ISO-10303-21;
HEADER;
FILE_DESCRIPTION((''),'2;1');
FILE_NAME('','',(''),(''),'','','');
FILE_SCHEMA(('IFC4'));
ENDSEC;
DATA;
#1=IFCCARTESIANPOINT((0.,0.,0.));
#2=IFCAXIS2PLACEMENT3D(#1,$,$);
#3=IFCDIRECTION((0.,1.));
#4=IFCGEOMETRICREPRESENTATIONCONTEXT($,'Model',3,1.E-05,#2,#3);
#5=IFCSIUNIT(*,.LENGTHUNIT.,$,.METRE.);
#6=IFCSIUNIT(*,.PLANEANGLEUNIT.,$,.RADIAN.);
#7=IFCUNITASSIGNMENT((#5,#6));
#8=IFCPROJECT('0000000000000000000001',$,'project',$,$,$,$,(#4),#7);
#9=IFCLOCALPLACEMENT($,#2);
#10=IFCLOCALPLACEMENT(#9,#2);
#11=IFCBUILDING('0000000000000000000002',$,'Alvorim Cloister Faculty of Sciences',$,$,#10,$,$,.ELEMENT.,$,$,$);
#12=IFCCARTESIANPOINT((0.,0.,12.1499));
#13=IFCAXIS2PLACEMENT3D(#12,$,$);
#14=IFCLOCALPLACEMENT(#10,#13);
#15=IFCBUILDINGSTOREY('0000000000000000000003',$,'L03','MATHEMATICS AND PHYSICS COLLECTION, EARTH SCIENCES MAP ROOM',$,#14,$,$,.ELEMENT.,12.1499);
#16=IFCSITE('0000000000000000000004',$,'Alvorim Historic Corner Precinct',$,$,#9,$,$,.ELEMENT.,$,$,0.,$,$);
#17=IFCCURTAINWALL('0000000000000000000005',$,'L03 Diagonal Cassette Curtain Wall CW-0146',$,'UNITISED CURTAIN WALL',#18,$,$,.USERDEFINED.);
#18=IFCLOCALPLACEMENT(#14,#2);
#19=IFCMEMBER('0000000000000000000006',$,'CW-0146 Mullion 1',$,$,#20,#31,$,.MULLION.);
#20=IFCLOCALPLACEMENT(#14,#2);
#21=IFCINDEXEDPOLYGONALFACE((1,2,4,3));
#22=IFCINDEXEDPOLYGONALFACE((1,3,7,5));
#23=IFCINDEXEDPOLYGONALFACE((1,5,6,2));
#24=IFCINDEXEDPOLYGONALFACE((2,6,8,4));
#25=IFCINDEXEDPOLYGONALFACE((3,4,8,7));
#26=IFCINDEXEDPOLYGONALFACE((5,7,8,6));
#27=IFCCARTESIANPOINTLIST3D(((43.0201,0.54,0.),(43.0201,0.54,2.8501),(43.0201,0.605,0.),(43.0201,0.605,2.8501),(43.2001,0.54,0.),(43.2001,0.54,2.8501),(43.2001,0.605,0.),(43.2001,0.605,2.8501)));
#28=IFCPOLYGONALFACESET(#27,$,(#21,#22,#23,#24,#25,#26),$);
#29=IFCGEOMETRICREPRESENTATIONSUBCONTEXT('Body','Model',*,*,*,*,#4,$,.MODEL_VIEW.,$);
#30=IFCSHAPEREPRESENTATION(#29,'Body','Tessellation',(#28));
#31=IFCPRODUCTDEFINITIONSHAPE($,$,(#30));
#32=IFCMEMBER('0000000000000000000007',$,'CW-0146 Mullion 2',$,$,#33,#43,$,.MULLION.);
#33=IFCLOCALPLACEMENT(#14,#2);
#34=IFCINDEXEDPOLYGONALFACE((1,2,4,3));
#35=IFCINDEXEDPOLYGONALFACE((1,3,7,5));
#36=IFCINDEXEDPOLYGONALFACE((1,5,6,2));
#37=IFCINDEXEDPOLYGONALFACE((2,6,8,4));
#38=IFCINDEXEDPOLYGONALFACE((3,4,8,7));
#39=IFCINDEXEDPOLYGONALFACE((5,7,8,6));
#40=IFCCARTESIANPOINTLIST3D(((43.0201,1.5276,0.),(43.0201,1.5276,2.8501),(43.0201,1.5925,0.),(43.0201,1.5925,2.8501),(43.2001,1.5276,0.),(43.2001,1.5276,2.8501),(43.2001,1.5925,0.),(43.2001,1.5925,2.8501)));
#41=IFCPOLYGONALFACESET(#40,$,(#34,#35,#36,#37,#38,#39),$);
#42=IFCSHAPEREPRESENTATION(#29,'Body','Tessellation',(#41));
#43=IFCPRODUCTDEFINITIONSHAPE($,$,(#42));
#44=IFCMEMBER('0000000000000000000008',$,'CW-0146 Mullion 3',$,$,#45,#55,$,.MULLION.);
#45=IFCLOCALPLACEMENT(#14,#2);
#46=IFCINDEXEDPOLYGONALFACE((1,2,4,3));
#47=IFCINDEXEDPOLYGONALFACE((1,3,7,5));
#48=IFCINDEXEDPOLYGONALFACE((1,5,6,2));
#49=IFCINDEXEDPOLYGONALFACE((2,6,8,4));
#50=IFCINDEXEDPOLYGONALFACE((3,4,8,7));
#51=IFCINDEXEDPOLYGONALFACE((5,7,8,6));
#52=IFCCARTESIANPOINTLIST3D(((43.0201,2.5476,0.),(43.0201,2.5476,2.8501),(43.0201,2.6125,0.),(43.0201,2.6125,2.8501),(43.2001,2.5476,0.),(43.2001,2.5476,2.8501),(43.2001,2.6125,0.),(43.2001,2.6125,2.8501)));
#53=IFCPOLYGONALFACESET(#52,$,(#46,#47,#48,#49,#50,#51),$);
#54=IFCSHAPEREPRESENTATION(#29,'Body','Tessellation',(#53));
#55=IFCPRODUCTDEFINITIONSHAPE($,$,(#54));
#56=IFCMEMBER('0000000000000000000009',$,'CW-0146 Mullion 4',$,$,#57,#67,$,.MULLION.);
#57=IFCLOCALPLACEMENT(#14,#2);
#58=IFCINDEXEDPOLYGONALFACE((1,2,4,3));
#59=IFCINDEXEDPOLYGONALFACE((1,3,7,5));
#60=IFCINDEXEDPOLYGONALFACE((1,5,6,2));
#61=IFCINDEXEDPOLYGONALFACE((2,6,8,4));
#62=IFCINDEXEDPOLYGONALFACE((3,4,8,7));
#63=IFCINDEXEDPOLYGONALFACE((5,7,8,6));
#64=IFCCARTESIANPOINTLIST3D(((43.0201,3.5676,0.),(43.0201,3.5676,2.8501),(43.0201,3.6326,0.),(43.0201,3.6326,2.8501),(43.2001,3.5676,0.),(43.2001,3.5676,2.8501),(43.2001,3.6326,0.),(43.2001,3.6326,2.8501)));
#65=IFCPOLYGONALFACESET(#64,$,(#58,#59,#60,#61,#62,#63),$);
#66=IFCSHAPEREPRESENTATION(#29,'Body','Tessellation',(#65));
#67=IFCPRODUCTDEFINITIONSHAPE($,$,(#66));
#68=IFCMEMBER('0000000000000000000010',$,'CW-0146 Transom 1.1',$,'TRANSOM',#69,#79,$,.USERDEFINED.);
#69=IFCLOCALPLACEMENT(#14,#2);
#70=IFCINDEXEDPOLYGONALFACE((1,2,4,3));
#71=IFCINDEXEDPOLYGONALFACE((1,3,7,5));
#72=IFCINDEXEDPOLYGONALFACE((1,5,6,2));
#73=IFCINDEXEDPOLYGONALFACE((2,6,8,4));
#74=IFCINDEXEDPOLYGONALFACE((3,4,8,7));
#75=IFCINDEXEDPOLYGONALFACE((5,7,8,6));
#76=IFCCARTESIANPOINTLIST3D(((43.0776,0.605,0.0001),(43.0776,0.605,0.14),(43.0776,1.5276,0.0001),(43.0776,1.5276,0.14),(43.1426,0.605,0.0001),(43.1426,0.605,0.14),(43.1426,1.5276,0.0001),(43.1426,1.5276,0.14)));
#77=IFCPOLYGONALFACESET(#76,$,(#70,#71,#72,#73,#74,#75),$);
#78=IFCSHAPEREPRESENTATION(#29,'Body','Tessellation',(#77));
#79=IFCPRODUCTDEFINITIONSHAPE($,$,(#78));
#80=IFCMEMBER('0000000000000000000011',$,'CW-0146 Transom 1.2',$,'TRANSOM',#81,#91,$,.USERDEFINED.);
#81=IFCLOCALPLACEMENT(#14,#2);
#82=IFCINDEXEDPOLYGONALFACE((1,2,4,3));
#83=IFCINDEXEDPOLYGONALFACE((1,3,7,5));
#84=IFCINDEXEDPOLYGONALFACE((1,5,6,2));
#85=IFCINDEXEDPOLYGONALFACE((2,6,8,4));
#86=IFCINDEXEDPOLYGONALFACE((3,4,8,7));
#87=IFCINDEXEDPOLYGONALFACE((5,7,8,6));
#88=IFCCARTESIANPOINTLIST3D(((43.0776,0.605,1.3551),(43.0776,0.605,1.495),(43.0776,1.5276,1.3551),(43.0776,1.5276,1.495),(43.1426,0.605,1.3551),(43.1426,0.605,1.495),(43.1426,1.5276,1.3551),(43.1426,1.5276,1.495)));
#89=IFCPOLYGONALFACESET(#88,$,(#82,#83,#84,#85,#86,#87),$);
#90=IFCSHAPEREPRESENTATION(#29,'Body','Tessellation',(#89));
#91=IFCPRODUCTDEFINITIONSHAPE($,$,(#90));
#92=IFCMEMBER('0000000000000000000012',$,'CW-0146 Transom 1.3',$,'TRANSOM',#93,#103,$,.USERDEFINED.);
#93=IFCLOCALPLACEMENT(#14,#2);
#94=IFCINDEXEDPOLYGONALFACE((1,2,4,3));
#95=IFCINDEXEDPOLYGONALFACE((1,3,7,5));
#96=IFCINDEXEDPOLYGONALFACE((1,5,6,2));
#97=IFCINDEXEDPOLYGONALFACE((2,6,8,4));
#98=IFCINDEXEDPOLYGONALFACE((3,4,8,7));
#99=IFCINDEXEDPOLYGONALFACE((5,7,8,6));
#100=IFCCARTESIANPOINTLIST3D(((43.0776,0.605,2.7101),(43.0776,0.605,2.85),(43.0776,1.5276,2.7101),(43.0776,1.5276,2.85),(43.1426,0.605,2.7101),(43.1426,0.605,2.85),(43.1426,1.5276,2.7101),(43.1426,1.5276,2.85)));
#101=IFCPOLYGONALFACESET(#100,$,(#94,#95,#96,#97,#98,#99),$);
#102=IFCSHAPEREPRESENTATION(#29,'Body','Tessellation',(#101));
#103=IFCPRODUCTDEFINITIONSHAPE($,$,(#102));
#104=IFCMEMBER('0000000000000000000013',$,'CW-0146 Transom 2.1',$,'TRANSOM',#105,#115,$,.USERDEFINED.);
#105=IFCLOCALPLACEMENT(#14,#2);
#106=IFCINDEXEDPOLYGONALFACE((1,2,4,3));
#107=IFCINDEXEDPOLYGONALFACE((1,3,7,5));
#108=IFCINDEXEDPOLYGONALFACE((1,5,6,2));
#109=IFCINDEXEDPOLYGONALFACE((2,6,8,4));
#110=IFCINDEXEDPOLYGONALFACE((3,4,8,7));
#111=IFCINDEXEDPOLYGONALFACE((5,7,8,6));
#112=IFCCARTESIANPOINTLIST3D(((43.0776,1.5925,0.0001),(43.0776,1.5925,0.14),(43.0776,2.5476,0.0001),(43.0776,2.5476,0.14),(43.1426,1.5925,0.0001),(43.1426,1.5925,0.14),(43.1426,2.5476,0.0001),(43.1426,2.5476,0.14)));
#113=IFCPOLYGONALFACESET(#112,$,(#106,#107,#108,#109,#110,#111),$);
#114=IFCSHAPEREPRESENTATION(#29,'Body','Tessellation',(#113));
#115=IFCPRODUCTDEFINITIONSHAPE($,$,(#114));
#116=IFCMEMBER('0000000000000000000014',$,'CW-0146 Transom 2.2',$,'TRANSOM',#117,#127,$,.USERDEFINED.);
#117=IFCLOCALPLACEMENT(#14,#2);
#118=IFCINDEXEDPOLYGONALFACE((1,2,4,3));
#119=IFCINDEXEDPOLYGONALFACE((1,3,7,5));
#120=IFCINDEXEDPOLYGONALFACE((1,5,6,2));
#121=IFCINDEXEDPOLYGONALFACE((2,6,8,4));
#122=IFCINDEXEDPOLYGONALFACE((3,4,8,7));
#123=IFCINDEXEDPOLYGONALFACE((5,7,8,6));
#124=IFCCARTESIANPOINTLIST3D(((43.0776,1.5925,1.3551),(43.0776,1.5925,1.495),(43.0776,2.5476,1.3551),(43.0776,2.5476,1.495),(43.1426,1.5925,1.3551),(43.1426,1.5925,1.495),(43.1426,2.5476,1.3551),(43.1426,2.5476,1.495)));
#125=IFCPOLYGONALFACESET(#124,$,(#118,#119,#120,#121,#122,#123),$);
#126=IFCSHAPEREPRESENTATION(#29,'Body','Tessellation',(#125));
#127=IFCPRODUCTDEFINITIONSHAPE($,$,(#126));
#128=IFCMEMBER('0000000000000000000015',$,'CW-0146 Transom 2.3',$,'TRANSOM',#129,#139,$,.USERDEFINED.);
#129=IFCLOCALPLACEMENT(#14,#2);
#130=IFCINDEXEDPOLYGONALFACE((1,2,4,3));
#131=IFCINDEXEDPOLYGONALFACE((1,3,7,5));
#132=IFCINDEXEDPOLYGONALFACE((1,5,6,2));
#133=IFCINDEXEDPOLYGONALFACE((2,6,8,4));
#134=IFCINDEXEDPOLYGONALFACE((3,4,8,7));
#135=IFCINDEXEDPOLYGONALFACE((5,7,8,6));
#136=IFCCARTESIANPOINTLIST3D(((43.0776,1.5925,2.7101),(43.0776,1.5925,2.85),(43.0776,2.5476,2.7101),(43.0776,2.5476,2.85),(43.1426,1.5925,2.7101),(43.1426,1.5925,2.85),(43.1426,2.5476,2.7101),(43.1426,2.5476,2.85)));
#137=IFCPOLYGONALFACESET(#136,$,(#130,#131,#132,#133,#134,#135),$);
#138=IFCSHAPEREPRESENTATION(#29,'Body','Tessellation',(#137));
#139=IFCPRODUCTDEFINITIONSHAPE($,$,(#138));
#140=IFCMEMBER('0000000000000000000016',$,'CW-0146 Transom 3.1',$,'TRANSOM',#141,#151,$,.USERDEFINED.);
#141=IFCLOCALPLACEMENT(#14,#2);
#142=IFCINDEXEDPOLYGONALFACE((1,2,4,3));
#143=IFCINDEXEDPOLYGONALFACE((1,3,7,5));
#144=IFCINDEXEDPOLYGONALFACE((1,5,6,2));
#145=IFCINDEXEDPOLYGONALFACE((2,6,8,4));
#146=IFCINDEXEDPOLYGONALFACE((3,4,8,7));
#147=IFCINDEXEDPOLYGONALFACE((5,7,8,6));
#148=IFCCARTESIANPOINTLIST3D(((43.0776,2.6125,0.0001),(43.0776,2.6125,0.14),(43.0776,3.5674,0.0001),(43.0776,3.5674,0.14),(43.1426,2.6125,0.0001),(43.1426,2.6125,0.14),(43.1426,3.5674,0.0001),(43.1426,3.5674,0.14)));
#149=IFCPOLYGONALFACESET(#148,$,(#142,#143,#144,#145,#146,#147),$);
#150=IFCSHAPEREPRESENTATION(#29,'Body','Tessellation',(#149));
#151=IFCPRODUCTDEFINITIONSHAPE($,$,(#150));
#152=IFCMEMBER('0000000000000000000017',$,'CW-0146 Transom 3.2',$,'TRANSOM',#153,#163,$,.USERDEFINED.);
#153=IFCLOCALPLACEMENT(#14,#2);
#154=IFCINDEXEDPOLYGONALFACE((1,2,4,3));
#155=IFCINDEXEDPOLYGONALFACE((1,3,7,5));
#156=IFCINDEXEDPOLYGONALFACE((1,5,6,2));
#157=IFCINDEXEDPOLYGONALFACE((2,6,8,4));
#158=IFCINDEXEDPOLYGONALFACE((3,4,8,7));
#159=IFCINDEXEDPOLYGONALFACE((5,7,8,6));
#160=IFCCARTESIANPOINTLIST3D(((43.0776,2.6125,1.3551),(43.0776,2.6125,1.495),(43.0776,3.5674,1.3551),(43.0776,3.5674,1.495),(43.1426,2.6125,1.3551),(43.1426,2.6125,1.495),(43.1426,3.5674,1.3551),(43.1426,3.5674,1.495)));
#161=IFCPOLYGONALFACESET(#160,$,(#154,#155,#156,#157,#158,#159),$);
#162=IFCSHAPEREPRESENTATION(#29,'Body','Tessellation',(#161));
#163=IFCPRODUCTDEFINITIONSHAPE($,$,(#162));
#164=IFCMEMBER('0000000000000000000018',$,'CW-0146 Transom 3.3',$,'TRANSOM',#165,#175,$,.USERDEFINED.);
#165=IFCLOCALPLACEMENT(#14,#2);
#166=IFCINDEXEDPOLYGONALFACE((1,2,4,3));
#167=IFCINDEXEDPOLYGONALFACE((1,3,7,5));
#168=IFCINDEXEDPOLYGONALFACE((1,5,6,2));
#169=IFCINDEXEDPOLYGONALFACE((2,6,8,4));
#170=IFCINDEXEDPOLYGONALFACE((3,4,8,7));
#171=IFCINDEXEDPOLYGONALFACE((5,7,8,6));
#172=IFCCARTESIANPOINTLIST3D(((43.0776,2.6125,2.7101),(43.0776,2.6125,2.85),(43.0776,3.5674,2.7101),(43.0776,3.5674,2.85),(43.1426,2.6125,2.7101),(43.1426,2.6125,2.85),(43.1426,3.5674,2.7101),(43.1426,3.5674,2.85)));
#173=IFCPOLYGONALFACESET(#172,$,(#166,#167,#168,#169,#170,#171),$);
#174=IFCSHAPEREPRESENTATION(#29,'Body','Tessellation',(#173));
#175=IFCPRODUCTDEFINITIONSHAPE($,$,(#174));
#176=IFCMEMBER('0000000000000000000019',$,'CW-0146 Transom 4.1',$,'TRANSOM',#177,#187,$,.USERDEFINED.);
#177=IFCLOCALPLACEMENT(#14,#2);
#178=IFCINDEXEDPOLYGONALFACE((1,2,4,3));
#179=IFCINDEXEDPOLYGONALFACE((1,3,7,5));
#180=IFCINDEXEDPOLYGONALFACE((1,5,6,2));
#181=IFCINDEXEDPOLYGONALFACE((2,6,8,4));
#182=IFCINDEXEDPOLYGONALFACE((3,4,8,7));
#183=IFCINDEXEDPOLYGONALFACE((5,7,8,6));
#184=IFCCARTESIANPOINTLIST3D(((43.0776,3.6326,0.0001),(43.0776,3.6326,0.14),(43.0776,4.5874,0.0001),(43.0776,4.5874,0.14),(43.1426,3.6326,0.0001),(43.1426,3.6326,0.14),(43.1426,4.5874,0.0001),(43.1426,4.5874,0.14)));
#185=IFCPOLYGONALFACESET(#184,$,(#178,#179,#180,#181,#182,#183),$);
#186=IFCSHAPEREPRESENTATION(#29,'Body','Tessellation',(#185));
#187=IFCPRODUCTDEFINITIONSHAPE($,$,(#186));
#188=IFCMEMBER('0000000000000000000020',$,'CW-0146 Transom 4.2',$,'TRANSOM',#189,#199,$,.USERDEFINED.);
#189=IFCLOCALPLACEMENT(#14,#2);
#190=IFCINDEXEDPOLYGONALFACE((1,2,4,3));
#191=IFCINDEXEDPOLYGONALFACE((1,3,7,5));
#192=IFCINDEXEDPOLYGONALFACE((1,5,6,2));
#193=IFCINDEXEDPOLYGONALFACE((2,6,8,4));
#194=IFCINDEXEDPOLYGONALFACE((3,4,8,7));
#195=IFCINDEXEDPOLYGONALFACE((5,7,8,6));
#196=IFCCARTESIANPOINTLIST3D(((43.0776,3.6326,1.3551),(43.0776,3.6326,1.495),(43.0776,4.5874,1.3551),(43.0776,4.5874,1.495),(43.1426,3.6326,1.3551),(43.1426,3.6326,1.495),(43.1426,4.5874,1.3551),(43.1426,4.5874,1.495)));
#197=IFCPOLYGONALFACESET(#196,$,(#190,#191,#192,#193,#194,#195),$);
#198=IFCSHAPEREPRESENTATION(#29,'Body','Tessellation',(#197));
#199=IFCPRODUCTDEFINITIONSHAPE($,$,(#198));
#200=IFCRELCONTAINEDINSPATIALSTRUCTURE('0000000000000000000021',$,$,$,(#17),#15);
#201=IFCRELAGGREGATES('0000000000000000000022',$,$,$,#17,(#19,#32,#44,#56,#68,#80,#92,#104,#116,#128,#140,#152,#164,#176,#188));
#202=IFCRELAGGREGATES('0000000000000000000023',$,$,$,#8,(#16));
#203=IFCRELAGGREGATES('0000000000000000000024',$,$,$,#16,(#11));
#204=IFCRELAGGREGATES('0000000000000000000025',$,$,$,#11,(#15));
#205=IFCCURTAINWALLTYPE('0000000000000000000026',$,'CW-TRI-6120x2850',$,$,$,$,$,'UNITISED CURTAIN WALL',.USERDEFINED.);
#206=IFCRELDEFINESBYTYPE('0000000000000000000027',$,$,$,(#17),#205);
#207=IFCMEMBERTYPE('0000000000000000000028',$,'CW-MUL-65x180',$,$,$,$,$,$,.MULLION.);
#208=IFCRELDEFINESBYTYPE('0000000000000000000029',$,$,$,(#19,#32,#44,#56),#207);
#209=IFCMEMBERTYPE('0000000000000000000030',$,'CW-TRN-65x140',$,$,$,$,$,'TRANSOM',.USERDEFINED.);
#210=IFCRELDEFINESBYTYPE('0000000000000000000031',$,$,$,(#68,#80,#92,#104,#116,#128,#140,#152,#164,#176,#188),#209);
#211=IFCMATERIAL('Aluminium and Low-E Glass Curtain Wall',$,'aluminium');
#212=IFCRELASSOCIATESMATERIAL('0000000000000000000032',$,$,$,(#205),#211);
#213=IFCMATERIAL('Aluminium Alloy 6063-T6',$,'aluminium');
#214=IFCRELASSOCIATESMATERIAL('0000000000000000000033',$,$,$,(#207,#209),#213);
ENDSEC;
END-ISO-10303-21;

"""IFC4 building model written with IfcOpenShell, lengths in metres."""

from ifc_helpers import new_model, si_unit, direction, frame, origin, origin_2d, place, context, subcontext, project, spatial, rectangle, extrude, material, material_profile, profile_set, type_object, element, aggregate, save


model = new_model("IFC4")

# Units and contexts
model_context = context("Model", 3, precision=1e-05, world=origin(), true_north=direction((0.0, 1.0)))
body_context = subcontext(model_context, "Body", "Model", "MODEL_VIEW")
ifc_project = project(units=[si_unit("LENGTHUNIT", "METRE"), si_unit("PLANEANGLEUNIT", "RADIAN")], contexts=[model_context])

# Site, building, storey
site_placement = place(None, origin())
site = spatial("IfcSite", under=ifc_project, at=site_placement, Name="Alvorim Historic Corner Precinct", CompositionType="ELEMENT", RefElevation=0.0)
building_placement = place(site_placement, origin())
building = spatial("IfcBuilding", under=site, at=building_placement, Name="Alvorim Cloister Faculty of Sciences", CompositionType="ELEMENT")
storey_placement = place(building_placement, frame((0.0, 0.0, 12.1499)))
storey = spatial("IfcBuildingStorey", under=building, at=storey_placement, Name="L03", Description="MATHEMATICS AND PHYSICS COLLECTION, EARTH SCIENCES MAP ROOM", CompositionType="ELEMENT", Elevation=12.1499)

# Curtain wall, members
ifc_material_1 = material(Name="Aluminium and Low-E Glass Curtain Wall", Category="aluminium")
curtain_wall_type = type_object("IfcCurtainWallType", Name="CW-TRI-6120x2850", ElementType="UNITISED CURTAIN WALL", PredefinedType="USERDEFINED", material=ifc_material_1)
curtain_wall_placement = place(storey_placement, origin())
curtain_wall = element("IfcCurtainWall", 1, at=curtain_wall_placement, inside=storey, type_object=curtain_wall_type, Name="L03 Diagonal Cassette Curtain Wall CW-0146", ObjectType="UNITISED CURTAIN WALL", PredefinedType="USERDEFINED")
ifc_material_2 = material(Name="Aluminium Alloy 6063-T6", Category="aluminium")
ifc_material_profile_1 = material_profile(ifc_material_2, rectangle(XDim=0.0649, YDim=0.1799, at=origin_2d()), Name="ALU-MUL-65x180")
ifc_profile_set_1 = profile_set([ifc_material_profile_1], Name="Aluminium Alloy 6063-T6")
member_type_1 = type_object("IfcMemberType", Name="CW-MUL-65x180", PredefinedType="MULLION", material=ifc_profile_set_1)
member_1_placement = place(storey_placement, frame((43.1101, 0.5725, 0.0), z_axis=(0.0, 0.0, 1.0), x_axis=(0.0, 1.0, 0.0)))
member_1 = element("IfcMember", 2, at=member_1_placement, type_object=member_type_1, Name="CW-0146 Mullion 1", PredefinedType="MULLION", context=body_context, shape_type="SweptSolid", body=[
    extrude(rectangle(XDim=0.0649, YDim=0.1799, at=origin_2d()), origin(), (0.0, 0.0, 1.0), 2.8501),
])
member_2_placement = place(storey_placement, frame((43.1101, 1.5601, 0.0), z_axis=(0.0, 0.0, 1.0), x_axis=(0.0, 1.0, 0.0)))
member_2 = element("IfcMember", 3, at=member_2_placement, type_object=member_type_1, Name="CW-0146 Mullion 2", PredefinedType="MULLION", context=body_context, shape_type="SweptSolid", body=[
    extrude(rectangle(XDim=0.0649, YDim=0.1799, at=origin_2d()), origin(), (0.0, 0.0, 1.0), 2.8501),
])
member_3_placement = place(storey_placement, frame((43.1101, 2.5801, 0.0), z_axis=(0.0, 0.0, 1.0), x_axis=(0.0, 1.0, 0.0)))
member_3 = element("IfcMember", 4, at=member_3_placement, type_object=member_type_1, Name="CW-0146 Mullion 3", PredefinedType="MULLION", context=body_context, shape_type="SweptSolid", body=[
    extrude(rectangle(XDim=0.0649, YDim=0.1799, at=origin_2d()), origin(), (0.0, 0.0, 1.0), 2.8501),
])
member_4_placement = place(storey_placement, frame((43.1101, 3.6001, 0.0), z_axis=(0.0, 0.0, 1.0), x_axis=(0.0, 1.0, 0.0)))
member_4 = element("IfcMember", 5, at=member_4_placement, type_object=member_type_1, Name="CW-0146 Mullion 4", PredefinedType="MULLION", context=body_context, shape_type="SweptSolid", body=[
    extrude(rectangle(XDim=0.0649, YDim=0.1799, at=origin_2d()), origin(), (0.0, 0.0, 1.0), 2.8501),
])
ifc_material_profile_2 = material_profile(ifc_material_2, rectangle(XDim=0.0649, YDim=0.1399, at=origin_2d()), Name="ALU-TRN-65x140")
ifc_profile_set_2 = profile_set([ifc_material_profile_2], Name="Aluminium Alloy 6063-T6")
member_type_2 = type_object("IfcMemberType", Name="CW-TRN-65x140", ElementType="TRANSOM", PredefinedType="USERDEFINED", material=ifc_profile_set_2)
member_5_placement = place(storey_placement, frame((43.1101, 0.605, 0.0701), z_axis=(0.0, 1.0, 0.0), x_axis=(-1.0, 0.0, 0.0)))
member_5 = element("IfcMember", 6, at=member_5_placement, type_object=member_type_2, Name="CW-0146 Transom 1.1", ObjectType="TRANSOM", PredefinedType="USERDEFINED", context=body_context, shape_type="SweptSolid", body=[
    extrude(rectangle(XDim=0.0649, YDim=0.1399, at=origin_2d()), origin(), (0.0, 0.0, 1.0), 0.9226),
])
member_6_placement = place(storey_placement, frame((43.1101, 0.605, 1.425), z_axis=(0.0, 1.0, 0.0), x_axis=(-1.0, 0.0, 0.0)))
member_6 = element("IfcMember", 7, at=member_6_placement, type_object=member_type_2, Name="CW-0146 Transom 1.2", ObjectType="TRANSOM", PredefinedType="USERDEFINED", context=body_context, shape_type="SweptSolid", body=[
    extrude(rectangle(XDim=0.0649, YDim=0.1399, at=origin_2d()), origin(), (0.0, 0.0, 1.0), 0.9226),
])
member_7_placement = place(storey_placement, frame((43.1101, 0.605, 2.78), z_axis=(0.0, 1.0, 0.0), x_axis=(-1.0, 0.0, 0.0)))
member_7 = element("IfcMember", 8, at=member_7_placement, type_object=member_type_2, Name="CW-0146 Transom 1.3", ObjectType="TRANSOM", PredefinedType="USERDEFINED", context=body_context, shape_type="SweptSolid", body=[
    extrude(rectangle(XDim=0.0649, YDim=0.1399, at=origin_2d()), origin(), (0.0, 0.0, 1.0), 0.9226),
])
member_8_placement = place(storey_placement, frame((43.1101, 1.5925, 0.0701), z_axis=(0.0, 1.0, 0.0), x_axis=(-1.0, 0.0, 0.0)))
member_8 = element("IfcMember", 9, at=member_8_placement, type_object=member_type_2, Name="CW-0146 Transom 2.1", ObjectType="TRANSOM", PredefinedType="USERDEFINED", context=body_context, shape_type="SweptSolid", body=[
    extrude(rectangle(XDim=0.0649, YDim=0.1399, at=origin_2d()), origin(), (0.0, 0.0, 1.0), 0.9551),
])
member_9_placement = place(storey_placement, frame((43.1101, 1.5925, 1.425), z_axis=(0.0, 1.0, 0.0), x_axis=(-1.0, 0.0, 0.0)))
member_9 = element("IfcMember", 10, at=member_9_placement, type_object=member_type_2, Name="CW-0146 Transom 2.2", ObjectType="TRANSOM", PredefinedType="USERDEFINED", context=body_context, shape_type="SweptSolid", body=[
    extrude(rectangle(XDim=0.0649, YDim=0.1399, at=origin_2d()), origin(), (0.0, 0.0, 1.0), 0.9551),
])
member_10_placement = place(storey_placement, frame((43.1101, 1.5925, 2.78), z_axis=(0.0, 1.0, 0.0), x_axis=(-1.0, 0.0, 0.0)))
member_10 = element("IfcMember", 11, at=member_10_placement, type_object=member_type_2, Name="CW-0146 Transom 2.3", ObjectType="TRANSOM", PredefinedType="USERDEFINED", context=body_context, shape_type="SweptSolid", body=[
    extrude(rectangle(XDim=0.0649, YDim=0.1399, at=origin_2d()), origin(), (0.0, 0.0, 1.0), 0.9551),
])
member_11_placement = place(storey_placement, frame((43.1101, 2.6125, 0.0701), z_axis=(0.0, 1.0, 0.0), x_axis=(-1.0, 0.0, 0.0)))
member_11 = element("IfcMember", 12, at=member_11_placement, type_object=member_type_2, Name="CW-0146 Transom 3.1", ObjectType="TRANSOM", PredefinedType="USERDEFINED", context=body_context, shape_type="SweptSolid", body=[
    extrude(rectangle(XDim=0.0649, YDim=0.1399, at=origin_2d()), origin(), (0.0, 0.0, 1.0), 0.9548),
])
member_12_placement = place(storey_placement, frame((43.1101, 2.6125, 1.425), z_axis=(0.0, 1.0, 0.0), x_axis=(-1.0, 0.0, 0.0)))
member_12 = element("IfcMember", 13, at=member_12_placement, type_object=member_type_2, Name="CW-0146 Transom 3.2", ObjectType="TRANSOM", PredefinedType="USERDEFINED", context=body_context, shape_type="SweptSolid", body=[
    extrude(rectangle(XDim=0.0649, YDim=0.1399, at=origin_2d()), origin(), (0.0, 0.0, 1.0), 0.9548),
])
member_13_placement = place(storey_placement, frame((43.1101, 2.6125, 2.78), z_axis=(0.0, 1.0, 0.0), x_axis=(-1.0, 0.0, 0.0)))
member_13 = element("IfcMember", 14, at=member_13_placement, type_object=member_type_2, Name="CW-0146 Transom 3.3", ObjectType="TRANSOM", PredefinedType="USERDEFINED", context=body_context, shape_type="SweptSolid", body=[
    extrude(rectangle(XDim=0.0649, YDim=0.1399, at=origin_2d()), origin(), (0.0, 0.0, 1.0), 0.9548),
])
member_14_placement = place(storey_placement, frame((43.1101, 3.6326, 0.0701), z_axis=(0.0, 1.0, 0.0), x_axis=(-1.0, 0.0, 0.0)))
member_14 = element("IfcMember", 15, at=member_14_placement, type_object=member_type_2, Name="CW-0146 Transom 4.1", ObjectType="TRANSOM", PredefinedType="USERDEFINED", context=body_context, shape_type="SweptSolid", body=[
    extrude(rectangle(XDim=0.0649, YDim=0.1399, at=origin_2d()), origin(), (0.0, 0.0, 1.0), 0.9548),
])
member_15_placement = place(storey_placement, frame((43.1101, 3.6326, 1.425), z_axis=(0.0, 1.0, 0.0), x_axis=(-1.0, 0.0, 0.0)))
member_15 = element("IfcMember", 16, at=member_15_placement, type_object=member_type_2, Name="CW-0146 Transom 4.2", ObjectType="TRANSOM", PredefinedType="USERDEFINED", context=body_context, shape_type="SweptSolid", body=[
    extrude(rectangle(XDim=0.0649, YDim=0.1399, at=origin_2d()), origin(), (0.0, 0.0, 1.0), 0.9548),
])
aggregate(curtain_wall, [member_1, member_2, member_3, member_4, member_5, member_6, member_7, member_8, member_9, member_10, member_11, member_12, member_13, member_14, member_15])

save(model, "model.ifc")
